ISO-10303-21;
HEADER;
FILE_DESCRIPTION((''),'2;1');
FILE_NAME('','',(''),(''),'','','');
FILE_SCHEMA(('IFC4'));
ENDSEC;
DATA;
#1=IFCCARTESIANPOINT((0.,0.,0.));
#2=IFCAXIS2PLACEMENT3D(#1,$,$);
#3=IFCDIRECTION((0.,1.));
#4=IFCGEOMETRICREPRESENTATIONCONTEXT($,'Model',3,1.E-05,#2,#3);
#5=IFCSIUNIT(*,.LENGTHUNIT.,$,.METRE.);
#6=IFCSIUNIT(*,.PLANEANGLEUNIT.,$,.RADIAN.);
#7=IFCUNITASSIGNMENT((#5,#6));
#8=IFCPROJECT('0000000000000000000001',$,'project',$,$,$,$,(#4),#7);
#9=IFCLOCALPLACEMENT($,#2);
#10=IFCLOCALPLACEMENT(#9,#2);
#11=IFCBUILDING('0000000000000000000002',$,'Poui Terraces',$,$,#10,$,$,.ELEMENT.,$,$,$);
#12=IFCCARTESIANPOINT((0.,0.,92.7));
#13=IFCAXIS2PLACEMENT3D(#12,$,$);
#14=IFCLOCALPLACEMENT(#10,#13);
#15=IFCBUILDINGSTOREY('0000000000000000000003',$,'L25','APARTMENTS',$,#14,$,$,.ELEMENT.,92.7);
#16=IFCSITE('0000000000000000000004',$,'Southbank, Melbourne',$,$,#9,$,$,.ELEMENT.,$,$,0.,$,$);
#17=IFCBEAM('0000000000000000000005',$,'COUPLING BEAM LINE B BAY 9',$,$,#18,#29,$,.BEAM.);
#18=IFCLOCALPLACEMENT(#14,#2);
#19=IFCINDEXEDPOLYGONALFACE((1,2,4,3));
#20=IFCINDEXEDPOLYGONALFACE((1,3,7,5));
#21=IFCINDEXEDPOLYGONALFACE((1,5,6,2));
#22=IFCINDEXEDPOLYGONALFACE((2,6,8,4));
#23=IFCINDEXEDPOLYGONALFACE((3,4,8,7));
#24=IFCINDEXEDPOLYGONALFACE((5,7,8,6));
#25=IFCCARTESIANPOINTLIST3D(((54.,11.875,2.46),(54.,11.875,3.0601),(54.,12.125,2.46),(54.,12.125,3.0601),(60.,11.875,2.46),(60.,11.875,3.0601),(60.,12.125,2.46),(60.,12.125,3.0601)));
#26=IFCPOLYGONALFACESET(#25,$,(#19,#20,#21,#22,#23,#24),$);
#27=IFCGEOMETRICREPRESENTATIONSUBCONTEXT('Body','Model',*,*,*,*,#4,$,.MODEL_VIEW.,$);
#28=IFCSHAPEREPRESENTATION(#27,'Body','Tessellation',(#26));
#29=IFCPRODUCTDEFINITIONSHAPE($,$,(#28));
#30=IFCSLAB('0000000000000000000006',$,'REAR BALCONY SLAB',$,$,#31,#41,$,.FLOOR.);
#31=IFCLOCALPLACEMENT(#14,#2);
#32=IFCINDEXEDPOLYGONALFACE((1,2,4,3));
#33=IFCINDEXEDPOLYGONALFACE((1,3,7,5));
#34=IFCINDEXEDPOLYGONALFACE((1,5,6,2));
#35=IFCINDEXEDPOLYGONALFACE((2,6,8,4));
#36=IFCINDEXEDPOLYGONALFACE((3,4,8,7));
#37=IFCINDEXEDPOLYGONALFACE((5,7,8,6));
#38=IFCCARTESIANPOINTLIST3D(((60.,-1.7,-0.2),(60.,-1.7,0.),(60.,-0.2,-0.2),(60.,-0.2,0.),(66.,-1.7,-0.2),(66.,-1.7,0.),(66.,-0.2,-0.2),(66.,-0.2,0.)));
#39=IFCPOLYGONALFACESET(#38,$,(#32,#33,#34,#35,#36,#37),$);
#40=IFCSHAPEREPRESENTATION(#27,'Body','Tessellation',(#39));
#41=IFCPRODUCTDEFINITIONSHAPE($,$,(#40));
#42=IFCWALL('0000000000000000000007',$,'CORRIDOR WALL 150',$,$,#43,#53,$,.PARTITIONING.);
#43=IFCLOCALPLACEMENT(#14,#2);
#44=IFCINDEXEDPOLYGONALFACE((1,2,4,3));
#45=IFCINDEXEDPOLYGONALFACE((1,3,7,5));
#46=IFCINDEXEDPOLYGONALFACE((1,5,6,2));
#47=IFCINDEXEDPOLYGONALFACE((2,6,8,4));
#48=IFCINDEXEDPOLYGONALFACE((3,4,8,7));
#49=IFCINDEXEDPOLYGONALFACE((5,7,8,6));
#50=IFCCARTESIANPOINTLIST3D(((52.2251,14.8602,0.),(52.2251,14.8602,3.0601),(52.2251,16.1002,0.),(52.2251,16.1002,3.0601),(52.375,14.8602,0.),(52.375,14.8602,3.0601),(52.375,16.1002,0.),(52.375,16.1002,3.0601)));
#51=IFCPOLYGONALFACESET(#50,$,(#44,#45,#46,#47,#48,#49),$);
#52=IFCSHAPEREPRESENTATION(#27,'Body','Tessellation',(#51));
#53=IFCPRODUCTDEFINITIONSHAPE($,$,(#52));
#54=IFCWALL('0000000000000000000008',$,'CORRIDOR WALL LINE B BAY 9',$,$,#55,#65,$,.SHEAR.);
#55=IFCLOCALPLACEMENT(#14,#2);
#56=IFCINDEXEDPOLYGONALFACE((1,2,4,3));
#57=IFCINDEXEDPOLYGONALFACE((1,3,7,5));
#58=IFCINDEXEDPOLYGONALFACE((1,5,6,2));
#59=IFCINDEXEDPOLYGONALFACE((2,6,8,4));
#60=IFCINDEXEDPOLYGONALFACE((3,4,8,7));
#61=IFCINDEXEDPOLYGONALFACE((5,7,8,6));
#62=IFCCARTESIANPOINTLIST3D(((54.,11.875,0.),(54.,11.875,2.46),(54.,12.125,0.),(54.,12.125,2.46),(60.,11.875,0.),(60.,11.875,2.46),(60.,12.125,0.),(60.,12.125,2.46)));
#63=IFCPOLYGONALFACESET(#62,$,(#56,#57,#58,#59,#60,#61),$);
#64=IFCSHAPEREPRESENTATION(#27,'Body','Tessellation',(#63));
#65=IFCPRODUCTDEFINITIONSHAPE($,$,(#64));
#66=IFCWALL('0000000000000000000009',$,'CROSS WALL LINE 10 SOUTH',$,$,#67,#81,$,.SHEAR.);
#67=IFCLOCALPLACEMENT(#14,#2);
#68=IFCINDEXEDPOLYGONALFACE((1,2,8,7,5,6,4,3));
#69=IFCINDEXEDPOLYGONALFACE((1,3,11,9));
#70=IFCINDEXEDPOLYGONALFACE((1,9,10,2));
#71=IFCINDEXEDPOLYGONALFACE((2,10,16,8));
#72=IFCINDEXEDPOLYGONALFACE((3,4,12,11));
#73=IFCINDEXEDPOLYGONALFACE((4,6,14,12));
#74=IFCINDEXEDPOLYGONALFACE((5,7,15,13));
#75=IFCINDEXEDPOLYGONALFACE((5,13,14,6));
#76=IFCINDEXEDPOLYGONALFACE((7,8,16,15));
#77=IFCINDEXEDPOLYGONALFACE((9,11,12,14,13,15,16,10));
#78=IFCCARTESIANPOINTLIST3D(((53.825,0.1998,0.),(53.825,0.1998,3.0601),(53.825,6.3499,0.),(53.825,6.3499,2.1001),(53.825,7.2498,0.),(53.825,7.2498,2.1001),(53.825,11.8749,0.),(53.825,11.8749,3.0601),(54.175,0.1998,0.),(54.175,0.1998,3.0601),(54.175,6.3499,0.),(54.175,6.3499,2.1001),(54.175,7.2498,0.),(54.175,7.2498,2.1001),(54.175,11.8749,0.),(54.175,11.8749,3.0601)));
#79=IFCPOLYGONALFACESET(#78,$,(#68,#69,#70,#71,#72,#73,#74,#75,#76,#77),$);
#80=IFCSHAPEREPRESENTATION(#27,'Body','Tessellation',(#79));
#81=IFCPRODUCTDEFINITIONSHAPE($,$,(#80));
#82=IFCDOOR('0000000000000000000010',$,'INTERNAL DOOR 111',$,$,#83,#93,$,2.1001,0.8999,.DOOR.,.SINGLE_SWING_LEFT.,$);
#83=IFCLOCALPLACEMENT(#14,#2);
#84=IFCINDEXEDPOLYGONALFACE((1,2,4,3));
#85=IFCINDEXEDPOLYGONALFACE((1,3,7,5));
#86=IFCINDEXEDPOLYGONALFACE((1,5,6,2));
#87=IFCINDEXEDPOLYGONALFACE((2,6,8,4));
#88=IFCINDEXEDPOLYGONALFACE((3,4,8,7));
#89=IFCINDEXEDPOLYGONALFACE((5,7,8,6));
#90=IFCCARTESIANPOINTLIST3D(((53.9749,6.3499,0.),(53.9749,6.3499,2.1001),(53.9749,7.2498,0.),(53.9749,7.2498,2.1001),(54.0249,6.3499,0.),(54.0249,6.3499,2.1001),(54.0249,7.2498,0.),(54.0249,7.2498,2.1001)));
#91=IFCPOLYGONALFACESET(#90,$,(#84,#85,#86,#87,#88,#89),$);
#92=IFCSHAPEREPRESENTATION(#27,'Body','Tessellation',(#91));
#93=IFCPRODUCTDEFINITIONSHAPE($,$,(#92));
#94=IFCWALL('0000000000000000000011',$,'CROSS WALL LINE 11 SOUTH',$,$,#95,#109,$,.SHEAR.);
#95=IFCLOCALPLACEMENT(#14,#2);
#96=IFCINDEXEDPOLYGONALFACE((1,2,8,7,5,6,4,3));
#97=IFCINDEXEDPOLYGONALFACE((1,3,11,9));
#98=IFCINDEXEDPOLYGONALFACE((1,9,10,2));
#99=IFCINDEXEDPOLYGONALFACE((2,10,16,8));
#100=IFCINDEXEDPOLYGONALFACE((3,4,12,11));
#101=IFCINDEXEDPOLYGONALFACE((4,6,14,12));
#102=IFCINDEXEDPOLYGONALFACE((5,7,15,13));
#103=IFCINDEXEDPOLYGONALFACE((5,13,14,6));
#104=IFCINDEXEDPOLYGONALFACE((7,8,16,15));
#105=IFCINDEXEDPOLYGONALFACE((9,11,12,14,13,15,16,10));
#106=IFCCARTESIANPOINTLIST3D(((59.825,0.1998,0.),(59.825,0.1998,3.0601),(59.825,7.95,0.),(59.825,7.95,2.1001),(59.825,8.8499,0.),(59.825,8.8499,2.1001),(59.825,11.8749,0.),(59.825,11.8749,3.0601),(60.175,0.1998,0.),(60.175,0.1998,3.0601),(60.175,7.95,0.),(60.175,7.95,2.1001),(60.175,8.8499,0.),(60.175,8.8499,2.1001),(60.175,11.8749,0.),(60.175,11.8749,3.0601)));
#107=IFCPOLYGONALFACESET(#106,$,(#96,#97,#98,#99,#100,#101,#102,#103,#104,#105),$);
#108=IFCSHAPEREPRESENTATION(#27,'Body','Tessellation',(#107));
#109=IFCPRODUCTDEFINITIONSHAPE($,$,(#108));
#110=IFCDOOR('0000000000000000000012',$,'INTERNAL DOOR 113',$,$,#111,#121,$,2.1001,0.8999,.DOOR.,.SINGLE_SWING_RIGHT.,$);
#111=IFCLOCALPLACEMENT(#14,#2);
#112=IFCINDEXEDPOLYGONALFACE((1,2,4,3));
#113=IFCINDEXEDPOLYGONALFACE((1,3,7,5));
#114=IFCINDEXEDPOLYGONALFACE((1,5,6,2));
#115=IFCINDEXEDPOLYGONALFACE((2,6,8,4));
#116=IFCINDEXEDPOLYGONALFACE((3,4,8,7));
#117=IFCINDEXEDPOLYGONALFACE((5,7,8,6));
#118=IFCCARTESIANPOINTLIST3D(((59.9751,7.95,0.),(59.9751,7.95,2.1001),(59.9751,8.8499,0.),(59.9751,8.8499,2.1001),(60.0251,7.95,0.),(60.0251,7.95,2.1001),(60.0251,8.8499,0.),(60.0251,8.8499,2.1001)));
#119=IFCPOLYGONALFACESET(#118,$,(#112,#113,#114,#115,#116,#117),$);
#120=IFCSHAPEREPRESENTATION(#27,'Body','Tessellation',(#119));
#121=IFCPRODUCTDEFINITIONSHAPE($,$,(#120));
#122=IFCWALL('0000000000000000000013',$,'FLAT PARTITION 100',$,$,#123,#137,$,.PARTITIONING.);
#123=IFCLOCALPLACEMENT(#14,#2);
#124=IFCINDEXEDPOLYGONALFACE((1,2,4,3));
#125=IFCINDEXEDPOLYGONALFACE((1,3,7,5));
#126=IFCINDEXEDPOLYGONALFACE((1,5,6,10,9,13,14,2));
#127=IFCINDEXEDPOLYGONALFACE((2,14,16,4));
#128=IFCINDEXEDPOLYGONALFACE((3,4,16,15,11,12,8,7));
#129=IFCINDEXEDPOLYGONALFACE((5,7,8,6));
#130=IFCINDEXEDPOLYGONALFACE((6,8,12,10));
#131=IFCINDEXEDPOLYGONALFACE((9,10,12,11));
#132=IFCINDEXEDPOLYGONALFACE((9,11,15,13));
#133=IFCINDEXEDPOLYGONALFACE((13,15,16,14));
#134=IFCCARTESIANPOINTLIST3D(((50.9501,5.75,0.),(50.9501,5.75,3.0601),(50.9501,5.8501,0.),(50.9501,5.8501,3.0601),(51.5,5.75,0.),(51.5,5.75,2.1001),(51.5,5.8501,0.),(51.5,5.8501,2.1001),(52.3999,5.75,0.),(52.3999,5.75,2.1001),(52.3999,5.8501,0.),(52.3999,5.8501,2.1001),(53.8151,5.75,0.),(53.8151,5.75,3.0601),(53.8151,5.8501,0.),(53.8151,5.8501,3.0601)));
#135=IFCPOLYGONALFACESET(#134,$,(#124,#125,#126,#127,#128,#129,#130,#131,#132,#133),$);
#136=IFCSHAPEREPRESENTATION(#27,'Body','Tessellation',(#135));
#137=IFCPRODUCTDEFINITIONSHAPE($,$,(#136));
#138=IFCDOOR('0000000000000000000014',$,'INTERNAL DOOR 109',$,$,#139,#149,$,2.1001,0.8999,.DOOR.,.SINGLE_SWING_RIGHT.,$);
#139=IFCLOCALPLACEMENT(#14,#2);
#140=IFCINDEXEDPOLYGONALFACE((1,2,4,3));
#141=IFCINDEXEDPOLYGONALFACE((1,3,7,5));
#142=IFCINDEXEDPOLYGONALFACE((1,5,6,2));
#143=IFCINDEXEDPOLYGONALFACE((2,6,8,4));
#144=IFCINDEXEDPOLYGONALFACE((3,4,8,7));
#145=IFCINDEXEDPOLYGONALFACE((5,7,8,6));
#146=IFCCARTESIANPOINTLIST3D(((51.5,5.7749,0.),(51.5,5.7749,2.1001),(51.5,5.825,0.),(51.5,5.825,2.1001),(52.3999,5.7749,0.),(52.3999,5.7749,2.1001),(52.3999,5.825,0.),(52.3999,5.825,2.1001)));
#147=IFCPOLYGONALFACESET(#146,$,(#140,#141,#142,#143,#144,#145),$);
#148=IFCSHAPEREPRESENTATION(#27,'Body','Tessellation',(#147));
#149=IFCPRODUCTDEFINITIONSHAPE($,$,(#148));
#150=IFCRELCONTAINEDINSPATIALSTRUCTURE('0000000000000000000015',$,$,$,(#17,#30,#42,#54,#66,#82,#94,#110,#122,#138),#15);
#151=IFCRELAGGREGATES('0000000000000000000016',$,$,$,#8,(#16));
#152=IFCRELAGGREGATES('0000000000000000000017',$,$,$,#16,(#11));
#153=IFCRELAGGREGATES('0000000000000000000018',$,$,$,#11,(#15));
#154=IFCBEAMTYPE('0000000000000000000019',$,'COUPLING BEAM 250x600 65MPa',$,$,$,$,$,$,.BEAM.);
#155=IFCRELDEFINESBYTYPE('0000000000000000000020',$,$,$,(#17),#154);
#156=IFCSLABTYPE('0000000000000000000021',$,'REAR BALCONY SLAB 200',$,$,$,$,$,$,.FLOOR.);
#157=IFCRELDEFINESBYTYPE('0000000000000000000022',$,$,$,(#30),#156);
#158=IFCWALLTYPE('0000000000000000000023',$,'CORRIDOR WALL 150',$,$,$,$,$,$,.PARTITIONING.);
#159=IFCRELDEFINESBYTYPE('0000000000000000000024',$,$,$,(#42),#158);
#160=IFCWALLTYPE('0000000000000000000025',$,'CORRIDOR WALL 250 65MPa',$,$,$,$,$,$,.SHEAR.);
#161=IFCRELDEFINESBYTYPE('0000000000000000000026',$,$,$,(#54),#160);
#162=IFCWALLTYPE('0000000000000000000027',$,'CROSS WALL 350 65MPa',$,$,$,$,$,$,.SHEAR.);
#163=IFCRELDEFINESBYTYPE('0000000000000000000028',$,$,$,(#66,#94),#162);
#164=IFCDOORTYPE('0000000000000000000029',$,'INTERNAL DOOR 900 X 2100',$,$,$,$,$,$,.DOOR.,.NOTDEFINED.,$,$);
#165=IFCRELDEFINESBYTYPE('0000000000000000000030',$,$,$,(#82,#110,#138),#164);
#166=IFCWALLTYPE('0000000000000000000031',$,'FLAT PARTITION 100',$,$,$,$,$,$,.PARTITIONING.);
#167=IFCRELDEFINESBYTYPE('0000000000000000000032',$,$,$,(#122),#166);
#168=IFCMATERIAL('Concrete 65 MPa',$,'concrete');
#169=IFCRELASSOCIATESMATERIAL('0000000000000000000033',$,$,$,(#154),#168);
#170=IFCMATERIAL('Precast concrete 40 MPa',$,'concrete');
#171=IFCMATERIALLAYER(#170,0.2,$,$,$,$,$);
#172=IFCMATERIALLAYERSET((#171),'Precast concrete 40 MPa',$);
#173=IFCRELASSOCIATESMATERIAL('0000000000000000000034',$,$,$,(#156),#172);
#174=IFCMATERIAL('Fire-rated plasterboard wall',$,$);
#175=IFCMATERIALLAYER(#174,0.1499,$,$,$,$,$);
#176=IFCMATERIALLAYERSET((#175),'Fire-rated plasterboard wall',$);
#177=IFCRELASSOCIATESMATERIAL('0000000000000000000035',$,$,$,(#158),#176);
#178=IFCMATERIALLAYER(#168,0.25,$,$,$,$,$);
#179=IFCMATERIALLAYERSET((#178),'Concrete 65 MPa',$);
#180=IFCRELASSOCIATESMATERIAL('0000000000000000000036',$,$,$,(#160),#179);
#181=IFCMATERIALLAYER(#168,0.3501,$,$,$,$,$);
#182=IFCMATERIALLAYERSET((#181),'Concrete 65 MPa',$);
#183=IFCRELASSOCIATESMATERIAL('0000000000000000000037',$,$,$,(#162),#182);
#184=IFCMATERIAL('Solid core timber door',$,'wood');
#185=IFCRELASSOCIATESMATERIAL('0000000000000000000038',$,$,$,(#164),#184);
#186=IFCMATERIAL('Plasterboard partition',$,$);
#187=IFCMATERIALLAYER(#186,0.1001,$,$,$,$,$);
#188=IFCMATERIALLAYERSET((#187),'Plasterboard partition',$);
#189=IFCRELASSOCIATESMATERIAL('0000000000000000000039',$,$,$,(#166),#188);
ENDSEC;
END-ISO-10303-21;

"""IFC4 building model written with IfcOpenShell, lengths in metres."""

from ifc_helpers import new_model, si_unit, direction, frame, frame_2d, origin, origin_2d, place, context, subcontext, project, spatial, polyline, rectangle, outline, extrude, source, transform, mapped, material, layer, layer_set, material_profile, profile_set, type_object, element, fill, save


model = new_model("IFC4")

# Units and contexts
model_context = context("Model", 3, precision=1e-05, world=origin(), true_north=direction((0.0, 1.0)))
body_context = subcontext(model_context, "Body", "Model", "MODEL_VIEW")
ifc_project = project(units=[si_unit("LENGTHUNIT", "METRE"), si_unit("PLANEANGLEUNIT", "RADIAN")], contexts=[model_context])

# Site, building, storey
site_placement = place(None, origin())
site = spatial("IfcSite", under=ifc_project, at=site_placement, Name="Southbank, Melbourne", CompositionType="ELEMENT", RefElevation=0.0)
building_placement = place(site_placement, origin())
building = spatial("IfcBuilding", under=site, at=building_placement, Name="Poui Terraces", CompositionType="ELEMENT")
storey_placement = place(building_placement, frame((0.0, 0.0, 92.7)))
storey = spatial("IfcBuildingStorey", under=building, at=storey_placement, Name="L25", Description="APARTMENTS", CompositionType="ELEMENT", Elevation=92.7)

# Beam
ifc_material_1 = material(Name="Concrete 65 MPa", Category="concrete")
ifc_material_profile_1 = material_profile(ifc_material_1, rectangle(XDim=0.25, YDim=0.6001, at=origin_2d()), Name="RC 250x600")
ifc_profile_set_1 = profile_set([ifc_material_profile_1], Name="Concrete 65 MPa")
beam_type = type_object("IfcBeamType", Name="COUPLING BEAM 250x600 65MPa", PredefinedType="BEAM", material=ifc_profile_set_1)
shared_shape_1 = source(origin(), body_context, "Body", "SweptSolid", [
    extrude(rectangle(XDim=0.25, YDim=0.6001, at=origin_2d()), origin(), (0.0, 0.0, 1.0), 6.0),
])
beam_placement = place(storey_placement, frame((54.0, 12.0, 2.76), z_axis=(1.0, 0.0, 0.0), x_axis=(0.0, 1.0, 0.0)))
element("IfcBeam", 1, at=beam_placement, inside=storey, type_object=beam_type, Name="COUPLING BEAM LINE B BAY 9", PredefinedType="BEAM", context=body_context, shape_type="MappedRepresentation", body=[
    mapped(shared_shape_1, transform((0.0, 0.0, 0.0))),
])

# Slab
ifc_material_2 = material(Name="Precast concrete 40 MPa", Category="concrete")
ifc_layer_1 = layer(ifc_material_2, 0.2)
ifc_layer_set_1 = layer_set([ifc_layer_1], Name="Precast concrete 40 MPa")
slab_type = type_object("IfcSlabType", Name="REAR BALCONY SLAB 200", PredefinedType="FLOOR", material=ifc_layer_set_1)
shared_shape_2 = source(origin(), body_context, "Body", "SweptSolid", [
    extrude(outline(polyline([(0.0, 0.0), (6.0, 0.0), (6.0, 1.5), (0.0, 1.5), (0.0, 0.0)])), origin(), (0.0, 0.0, 1.0), 0.2),
])
slab_placement = place(storey_placement, frame((60.0, -1.7, -0.2)))
element("IfcSlab", 2, at=slab_placement, inside=storey, type_object=slab_type, Name="REAR BALCONY SLAB", PredefinedType="FLOOR", context=body_context, shape_type="MappedRepresentation", body=[
    mapped(shared_shape_2, transform((0.0, 0.0, 0.0))),
])

# Walls
ifc_material_3 = material(Name="Fire-rated plasterboard wall")
ifc_layer_2 = layer(ifc_material_3, 0.1499)
ifc_layer_set_2 = layer_set([ifc_layer_2], Name="Fire-rated plasterboard wall")
wall_type_1 = type_object("IfcWallType", Name="CORRIDOR WALL 150", PredefinedType="PARTITIONING", material=ifc_layer_set_2)
wall_1_placement = place(storey_placement, frame((52.3, 14.8601, 0.0), z_axis=(0.0, 0.0, 1.0), x_axis=(0.0, 1.0, 0.0)))
element("IfcWall", 3, at=wall_1_placement, inside=storey, type_object=wall_type_1, Name="CORRIDOR WALL 150", PredefinedType="PARTITIONING", context=body_context, shape_type="SweptSolid", body=[
    extrude(rectangle(XDim=1.24, YDim=0.1499, at=frame_2d((0.6201, 0.0))), origin(), (0.0, 0.0, 1.0), 3.0601),
])
ifc_layer_3 = layer(ifc_material_1, 0.25)
ifc_layer_set_3 = layer_set([ifc_layer_3], Name="Concrete 65 MPa")
wall_type_2 = type_object("IfcWallType", Name="CORRIDOR WALL 250 65MPa", PredefinedType="SHEAR", material=ifc_layer_set_3)
wall_2_placement = place(storey_placement, frame((54.0, 12.0, 0.0), z_axis=(0.0, 0.0, 1.0), x_axis=(1.0, 0.0, 0.0)))
element("IfcWall", 4, at=wall_2_placement, inside=storey, type_object=wall_type_2, Name="CORRIDOR WALL LINE B BAY 9", PredefinedType="SHEAR", context=body_context, shape_type="SweptSolid", body=[
    extrude(rectangle(XDim=6.0, YDim=0.25, at=frame_2d((3.0, 0.0))), origin(), (0.0, 0.0, 1.0), 2.46),
])

# Walls, openings, doors
ifc_layer_4 = layer(ifc_material_1, 0.3501)
ifc_layer_set_4 = layer_set([ifc_layer_4], Name="Concrete 65 MPa")
wall_type_3 = type_object("IfcWallType", Name="CROSS WALL 350 65MPa", PredefinedType="SHEAR", material=ifc_layer_set_4)
wall_3_placement = place(storey_placement, frame((54.0, 0.2, 0.0), z_axis=(0.0, 0.0, 1.0), x_axis=(0.0, 1.0, 0.0)))
wall_3 = element("IfcWall", 5, at=wall_3_placement, inside=storey, type_object=wall_type_3, Name="CROSS WALL LINE 10 SOUTH", PredefinedType="SHEAR", context=body_context, shape_type="SweptSolid", body=[
    extrude(rectangle(XDim=11.675, YDim=0.3501, at=frame_2d((5.8374, 0.0))), origin(), (0.0, 0.0, 1.0), 3.0601),
])
opening_1_placement = place(wall_3_placement, frame((6.1499, 0.0, 0.0)))
opening_1 = element("IfcOpeningElement", 6, at=opening_1_placement, cuts=wall_3, PredefinedType="OPENING", context=body_context, shape_type="SweptSolid", body=[
    extrude(rectangle(XDim=0.8999, YDim=2.1001, at=frame_2d((0.45, 1.05))), frame((0.0, 0.1851, 0.0), z_axis=(0.0, -1.0, 0.0), x_axis=(1.0, 0.0, 0.0)), (0.0, 0.0, 1.0), 0.3701),
])
ifc_material_4 = material(Name="Solid core timber door", Category="wood")
door_type_1 = type_object("IfcDoorType", Name="INTERNAL DOOR 900 X 2100", OperationType="NOTDEFINED", PredefinedType="DOOR", material=ifc_material_4)
door_1_placement = place(opening_1_placement, frame((0.8999, 0.0, 0.0), z_axis=(0.0, 0.0, 1.0), x_axis=(-1.0, 0.0, 0.0)))
door_1 = element("IfcDoor", 7, at=door_1_placement, inside=storey, type_object=door_type_1, Name="INTERNAL DOOR 111", OperationType="SINGLE_SWING_LEFT", OverallHeight=2.1001, OverallWidth=0.8999, PredefinedType="DOOR", context=body_context, shape_type="SweptSolid", body=[
    extrude(rectangle(XDim=0.8999, YDim=2.1001, at=frame_2d((0.45, 1.05))), frame((0.0, 0.0249, 0.0), z_axis=(0.0, -1.0, 0.0), x_axis=(1.0, 0.0, 0.0)), (0.0, 0.0, 1.0), 0.05),
])
fill(opening_1, door_1)
wall_4_placement = place(storey_placement, frame((60.0, 0.2, 0.0), z_axis=(0.0, 0.0, 1.0), x_axis=(0.0, 1.0, 0.0)))
wall_4 = element("IfcWall", 8, at=wall_4_placement, inside=storey, type_object=wall_type_3, Name="CROSS WALL LINE 11 SOUTH", PredefinedType="SHEAR", context=body_context, shape_type="SweptSolid", body=[
    extrude(rectangle(XDim=11.675, YDim=0.3501, at=frame_2d((5.8374, 0.0))), origin(), (0.0, 0.0, 1.0), 3.0601),
])
opening_2_placement = place(wall_4_placement, frame((7.75, 0.0, 0.0)))
opening_2 = element("IfcOpeningElement", 9, at=opening_2_placement, cuts=wall_4, PredefinedType="OPENING", context=body_context, shape_type="SweptSolid", body=[
    extrude(rectangle(XDim=0.8999, YDim=2.1001, at=frame_2d((0.45, 1.05))), frame((0.0, 0.1851, 0.0), z_axis=(0.0, -1.0, 0.0), x_axis=(1.0, 0.0, 0.0)), (0.0, 0.0, 1.0), 0.3701),
])
door_2_placement = place(opening_2_placement, origin())
door_2 = element("IfcDoor", 10, at=door_2_placement, inside=storey, type_object=door_type_1, Name="INTERNAL DOOR 113", OperationType="SINGLE_SWING_RIGHT", OverallHeight=2.1001, OverallWidth=0.8999, PredefinedType="DOOR", context=body_context, shape_type="SweptSolid", body=[
    extrude(rectangle(XDim=0.8999, YDim=2.1001, at=frame_2d((0.45, 1.05))), frame((0.0, 0.0249, 0.0), z_axis=(0.0, -1.0, 0.0), x_axis=(1.0, 0.0, 0.0)), (0.0, 0.0, 1.0), 0.05),
])
fill(opening_2, door_2)
ifc_material_5 = material(Name="Plasterboard partition")
ifc_layer_5 = layer(ifc_material_5, 0.1001)
ifc_layer_set_5 = layer_set([ifc_layer_5], Name="Plasterboard partition")
wall_type_4 = type_object("IfcWallType", Name="FLAT PARTITION 100", PredefinedType="PARTITIONING", material=ifc_layer_set_5)
wall_5_placement = place(storey_placement, frame((50.95, 5.8, 0.0), z_axis=(0.0, 0.0, 1.0), x_axis=(1.0, 0.0, 0.0)))
wall_5 = element("IfcWall", 11, at=wall_5_placement, inside=storey, type_object=wall_type_4, Name="FLAT PARTITION 100", PredefinedType="PARTITIONING", context=body_context, shape_type="SweptSolid", body=[
    extrude(rectangle(XDim=2.865, YDim=0.1001, at=frame_2d((1.4326, 0.0))), origin(), (0.0, 0.0, 1.0), 3.0601),
])
opening_3_placement = place(wall_5_placement, frame((0.55, 0.0, 0.0)))
opening_3 = element("IfcOpeningElement", 12, at=opening_3_placement, cuts=wall_5, PredefinedType="OPENING", context=body_context, shape_type="SweptSolid", body=[
    extrude(rectangle(XDim=0.8999, YDim=2.1001, at=frame_2d((0.45, 1.05))), frame((0.0, 0.0601, 0.0), z_axis=(0.0, -1.0, 0.0), x_axis=(1.0, 0.0, 0.0)), (0.0, 0.0, 1.0), 0.1201),
])
door_3_placement = place(opening_3_placement, origin())
door_3 = element("IfcDoor", 13, at=door_3_placement, inside=storey, type_object=door_type_1, Name="INTERNAL DOOR 109", OperationType="SINGLE_SWING_RIGHT", OverallHeight=2.1001, OverallWidth=0.8999, PredefinedType="DOOR", context=body_context, shape_type="SweptSolid", body=[
    extrude(rectangle(XDim=0.8999, YDim=2.1001, at=frame_2d((0.45, 1.05))), frame((0.0, 0.0249, 0.0), z_axis=(0.0, -1.0, 0.0), x_axis=(1.0, 0.0, 0.0)), (0.0, 0.0, 1.0), 0.05),
])
fill(opening_3, door_3)

save(model, "model.ifc")
